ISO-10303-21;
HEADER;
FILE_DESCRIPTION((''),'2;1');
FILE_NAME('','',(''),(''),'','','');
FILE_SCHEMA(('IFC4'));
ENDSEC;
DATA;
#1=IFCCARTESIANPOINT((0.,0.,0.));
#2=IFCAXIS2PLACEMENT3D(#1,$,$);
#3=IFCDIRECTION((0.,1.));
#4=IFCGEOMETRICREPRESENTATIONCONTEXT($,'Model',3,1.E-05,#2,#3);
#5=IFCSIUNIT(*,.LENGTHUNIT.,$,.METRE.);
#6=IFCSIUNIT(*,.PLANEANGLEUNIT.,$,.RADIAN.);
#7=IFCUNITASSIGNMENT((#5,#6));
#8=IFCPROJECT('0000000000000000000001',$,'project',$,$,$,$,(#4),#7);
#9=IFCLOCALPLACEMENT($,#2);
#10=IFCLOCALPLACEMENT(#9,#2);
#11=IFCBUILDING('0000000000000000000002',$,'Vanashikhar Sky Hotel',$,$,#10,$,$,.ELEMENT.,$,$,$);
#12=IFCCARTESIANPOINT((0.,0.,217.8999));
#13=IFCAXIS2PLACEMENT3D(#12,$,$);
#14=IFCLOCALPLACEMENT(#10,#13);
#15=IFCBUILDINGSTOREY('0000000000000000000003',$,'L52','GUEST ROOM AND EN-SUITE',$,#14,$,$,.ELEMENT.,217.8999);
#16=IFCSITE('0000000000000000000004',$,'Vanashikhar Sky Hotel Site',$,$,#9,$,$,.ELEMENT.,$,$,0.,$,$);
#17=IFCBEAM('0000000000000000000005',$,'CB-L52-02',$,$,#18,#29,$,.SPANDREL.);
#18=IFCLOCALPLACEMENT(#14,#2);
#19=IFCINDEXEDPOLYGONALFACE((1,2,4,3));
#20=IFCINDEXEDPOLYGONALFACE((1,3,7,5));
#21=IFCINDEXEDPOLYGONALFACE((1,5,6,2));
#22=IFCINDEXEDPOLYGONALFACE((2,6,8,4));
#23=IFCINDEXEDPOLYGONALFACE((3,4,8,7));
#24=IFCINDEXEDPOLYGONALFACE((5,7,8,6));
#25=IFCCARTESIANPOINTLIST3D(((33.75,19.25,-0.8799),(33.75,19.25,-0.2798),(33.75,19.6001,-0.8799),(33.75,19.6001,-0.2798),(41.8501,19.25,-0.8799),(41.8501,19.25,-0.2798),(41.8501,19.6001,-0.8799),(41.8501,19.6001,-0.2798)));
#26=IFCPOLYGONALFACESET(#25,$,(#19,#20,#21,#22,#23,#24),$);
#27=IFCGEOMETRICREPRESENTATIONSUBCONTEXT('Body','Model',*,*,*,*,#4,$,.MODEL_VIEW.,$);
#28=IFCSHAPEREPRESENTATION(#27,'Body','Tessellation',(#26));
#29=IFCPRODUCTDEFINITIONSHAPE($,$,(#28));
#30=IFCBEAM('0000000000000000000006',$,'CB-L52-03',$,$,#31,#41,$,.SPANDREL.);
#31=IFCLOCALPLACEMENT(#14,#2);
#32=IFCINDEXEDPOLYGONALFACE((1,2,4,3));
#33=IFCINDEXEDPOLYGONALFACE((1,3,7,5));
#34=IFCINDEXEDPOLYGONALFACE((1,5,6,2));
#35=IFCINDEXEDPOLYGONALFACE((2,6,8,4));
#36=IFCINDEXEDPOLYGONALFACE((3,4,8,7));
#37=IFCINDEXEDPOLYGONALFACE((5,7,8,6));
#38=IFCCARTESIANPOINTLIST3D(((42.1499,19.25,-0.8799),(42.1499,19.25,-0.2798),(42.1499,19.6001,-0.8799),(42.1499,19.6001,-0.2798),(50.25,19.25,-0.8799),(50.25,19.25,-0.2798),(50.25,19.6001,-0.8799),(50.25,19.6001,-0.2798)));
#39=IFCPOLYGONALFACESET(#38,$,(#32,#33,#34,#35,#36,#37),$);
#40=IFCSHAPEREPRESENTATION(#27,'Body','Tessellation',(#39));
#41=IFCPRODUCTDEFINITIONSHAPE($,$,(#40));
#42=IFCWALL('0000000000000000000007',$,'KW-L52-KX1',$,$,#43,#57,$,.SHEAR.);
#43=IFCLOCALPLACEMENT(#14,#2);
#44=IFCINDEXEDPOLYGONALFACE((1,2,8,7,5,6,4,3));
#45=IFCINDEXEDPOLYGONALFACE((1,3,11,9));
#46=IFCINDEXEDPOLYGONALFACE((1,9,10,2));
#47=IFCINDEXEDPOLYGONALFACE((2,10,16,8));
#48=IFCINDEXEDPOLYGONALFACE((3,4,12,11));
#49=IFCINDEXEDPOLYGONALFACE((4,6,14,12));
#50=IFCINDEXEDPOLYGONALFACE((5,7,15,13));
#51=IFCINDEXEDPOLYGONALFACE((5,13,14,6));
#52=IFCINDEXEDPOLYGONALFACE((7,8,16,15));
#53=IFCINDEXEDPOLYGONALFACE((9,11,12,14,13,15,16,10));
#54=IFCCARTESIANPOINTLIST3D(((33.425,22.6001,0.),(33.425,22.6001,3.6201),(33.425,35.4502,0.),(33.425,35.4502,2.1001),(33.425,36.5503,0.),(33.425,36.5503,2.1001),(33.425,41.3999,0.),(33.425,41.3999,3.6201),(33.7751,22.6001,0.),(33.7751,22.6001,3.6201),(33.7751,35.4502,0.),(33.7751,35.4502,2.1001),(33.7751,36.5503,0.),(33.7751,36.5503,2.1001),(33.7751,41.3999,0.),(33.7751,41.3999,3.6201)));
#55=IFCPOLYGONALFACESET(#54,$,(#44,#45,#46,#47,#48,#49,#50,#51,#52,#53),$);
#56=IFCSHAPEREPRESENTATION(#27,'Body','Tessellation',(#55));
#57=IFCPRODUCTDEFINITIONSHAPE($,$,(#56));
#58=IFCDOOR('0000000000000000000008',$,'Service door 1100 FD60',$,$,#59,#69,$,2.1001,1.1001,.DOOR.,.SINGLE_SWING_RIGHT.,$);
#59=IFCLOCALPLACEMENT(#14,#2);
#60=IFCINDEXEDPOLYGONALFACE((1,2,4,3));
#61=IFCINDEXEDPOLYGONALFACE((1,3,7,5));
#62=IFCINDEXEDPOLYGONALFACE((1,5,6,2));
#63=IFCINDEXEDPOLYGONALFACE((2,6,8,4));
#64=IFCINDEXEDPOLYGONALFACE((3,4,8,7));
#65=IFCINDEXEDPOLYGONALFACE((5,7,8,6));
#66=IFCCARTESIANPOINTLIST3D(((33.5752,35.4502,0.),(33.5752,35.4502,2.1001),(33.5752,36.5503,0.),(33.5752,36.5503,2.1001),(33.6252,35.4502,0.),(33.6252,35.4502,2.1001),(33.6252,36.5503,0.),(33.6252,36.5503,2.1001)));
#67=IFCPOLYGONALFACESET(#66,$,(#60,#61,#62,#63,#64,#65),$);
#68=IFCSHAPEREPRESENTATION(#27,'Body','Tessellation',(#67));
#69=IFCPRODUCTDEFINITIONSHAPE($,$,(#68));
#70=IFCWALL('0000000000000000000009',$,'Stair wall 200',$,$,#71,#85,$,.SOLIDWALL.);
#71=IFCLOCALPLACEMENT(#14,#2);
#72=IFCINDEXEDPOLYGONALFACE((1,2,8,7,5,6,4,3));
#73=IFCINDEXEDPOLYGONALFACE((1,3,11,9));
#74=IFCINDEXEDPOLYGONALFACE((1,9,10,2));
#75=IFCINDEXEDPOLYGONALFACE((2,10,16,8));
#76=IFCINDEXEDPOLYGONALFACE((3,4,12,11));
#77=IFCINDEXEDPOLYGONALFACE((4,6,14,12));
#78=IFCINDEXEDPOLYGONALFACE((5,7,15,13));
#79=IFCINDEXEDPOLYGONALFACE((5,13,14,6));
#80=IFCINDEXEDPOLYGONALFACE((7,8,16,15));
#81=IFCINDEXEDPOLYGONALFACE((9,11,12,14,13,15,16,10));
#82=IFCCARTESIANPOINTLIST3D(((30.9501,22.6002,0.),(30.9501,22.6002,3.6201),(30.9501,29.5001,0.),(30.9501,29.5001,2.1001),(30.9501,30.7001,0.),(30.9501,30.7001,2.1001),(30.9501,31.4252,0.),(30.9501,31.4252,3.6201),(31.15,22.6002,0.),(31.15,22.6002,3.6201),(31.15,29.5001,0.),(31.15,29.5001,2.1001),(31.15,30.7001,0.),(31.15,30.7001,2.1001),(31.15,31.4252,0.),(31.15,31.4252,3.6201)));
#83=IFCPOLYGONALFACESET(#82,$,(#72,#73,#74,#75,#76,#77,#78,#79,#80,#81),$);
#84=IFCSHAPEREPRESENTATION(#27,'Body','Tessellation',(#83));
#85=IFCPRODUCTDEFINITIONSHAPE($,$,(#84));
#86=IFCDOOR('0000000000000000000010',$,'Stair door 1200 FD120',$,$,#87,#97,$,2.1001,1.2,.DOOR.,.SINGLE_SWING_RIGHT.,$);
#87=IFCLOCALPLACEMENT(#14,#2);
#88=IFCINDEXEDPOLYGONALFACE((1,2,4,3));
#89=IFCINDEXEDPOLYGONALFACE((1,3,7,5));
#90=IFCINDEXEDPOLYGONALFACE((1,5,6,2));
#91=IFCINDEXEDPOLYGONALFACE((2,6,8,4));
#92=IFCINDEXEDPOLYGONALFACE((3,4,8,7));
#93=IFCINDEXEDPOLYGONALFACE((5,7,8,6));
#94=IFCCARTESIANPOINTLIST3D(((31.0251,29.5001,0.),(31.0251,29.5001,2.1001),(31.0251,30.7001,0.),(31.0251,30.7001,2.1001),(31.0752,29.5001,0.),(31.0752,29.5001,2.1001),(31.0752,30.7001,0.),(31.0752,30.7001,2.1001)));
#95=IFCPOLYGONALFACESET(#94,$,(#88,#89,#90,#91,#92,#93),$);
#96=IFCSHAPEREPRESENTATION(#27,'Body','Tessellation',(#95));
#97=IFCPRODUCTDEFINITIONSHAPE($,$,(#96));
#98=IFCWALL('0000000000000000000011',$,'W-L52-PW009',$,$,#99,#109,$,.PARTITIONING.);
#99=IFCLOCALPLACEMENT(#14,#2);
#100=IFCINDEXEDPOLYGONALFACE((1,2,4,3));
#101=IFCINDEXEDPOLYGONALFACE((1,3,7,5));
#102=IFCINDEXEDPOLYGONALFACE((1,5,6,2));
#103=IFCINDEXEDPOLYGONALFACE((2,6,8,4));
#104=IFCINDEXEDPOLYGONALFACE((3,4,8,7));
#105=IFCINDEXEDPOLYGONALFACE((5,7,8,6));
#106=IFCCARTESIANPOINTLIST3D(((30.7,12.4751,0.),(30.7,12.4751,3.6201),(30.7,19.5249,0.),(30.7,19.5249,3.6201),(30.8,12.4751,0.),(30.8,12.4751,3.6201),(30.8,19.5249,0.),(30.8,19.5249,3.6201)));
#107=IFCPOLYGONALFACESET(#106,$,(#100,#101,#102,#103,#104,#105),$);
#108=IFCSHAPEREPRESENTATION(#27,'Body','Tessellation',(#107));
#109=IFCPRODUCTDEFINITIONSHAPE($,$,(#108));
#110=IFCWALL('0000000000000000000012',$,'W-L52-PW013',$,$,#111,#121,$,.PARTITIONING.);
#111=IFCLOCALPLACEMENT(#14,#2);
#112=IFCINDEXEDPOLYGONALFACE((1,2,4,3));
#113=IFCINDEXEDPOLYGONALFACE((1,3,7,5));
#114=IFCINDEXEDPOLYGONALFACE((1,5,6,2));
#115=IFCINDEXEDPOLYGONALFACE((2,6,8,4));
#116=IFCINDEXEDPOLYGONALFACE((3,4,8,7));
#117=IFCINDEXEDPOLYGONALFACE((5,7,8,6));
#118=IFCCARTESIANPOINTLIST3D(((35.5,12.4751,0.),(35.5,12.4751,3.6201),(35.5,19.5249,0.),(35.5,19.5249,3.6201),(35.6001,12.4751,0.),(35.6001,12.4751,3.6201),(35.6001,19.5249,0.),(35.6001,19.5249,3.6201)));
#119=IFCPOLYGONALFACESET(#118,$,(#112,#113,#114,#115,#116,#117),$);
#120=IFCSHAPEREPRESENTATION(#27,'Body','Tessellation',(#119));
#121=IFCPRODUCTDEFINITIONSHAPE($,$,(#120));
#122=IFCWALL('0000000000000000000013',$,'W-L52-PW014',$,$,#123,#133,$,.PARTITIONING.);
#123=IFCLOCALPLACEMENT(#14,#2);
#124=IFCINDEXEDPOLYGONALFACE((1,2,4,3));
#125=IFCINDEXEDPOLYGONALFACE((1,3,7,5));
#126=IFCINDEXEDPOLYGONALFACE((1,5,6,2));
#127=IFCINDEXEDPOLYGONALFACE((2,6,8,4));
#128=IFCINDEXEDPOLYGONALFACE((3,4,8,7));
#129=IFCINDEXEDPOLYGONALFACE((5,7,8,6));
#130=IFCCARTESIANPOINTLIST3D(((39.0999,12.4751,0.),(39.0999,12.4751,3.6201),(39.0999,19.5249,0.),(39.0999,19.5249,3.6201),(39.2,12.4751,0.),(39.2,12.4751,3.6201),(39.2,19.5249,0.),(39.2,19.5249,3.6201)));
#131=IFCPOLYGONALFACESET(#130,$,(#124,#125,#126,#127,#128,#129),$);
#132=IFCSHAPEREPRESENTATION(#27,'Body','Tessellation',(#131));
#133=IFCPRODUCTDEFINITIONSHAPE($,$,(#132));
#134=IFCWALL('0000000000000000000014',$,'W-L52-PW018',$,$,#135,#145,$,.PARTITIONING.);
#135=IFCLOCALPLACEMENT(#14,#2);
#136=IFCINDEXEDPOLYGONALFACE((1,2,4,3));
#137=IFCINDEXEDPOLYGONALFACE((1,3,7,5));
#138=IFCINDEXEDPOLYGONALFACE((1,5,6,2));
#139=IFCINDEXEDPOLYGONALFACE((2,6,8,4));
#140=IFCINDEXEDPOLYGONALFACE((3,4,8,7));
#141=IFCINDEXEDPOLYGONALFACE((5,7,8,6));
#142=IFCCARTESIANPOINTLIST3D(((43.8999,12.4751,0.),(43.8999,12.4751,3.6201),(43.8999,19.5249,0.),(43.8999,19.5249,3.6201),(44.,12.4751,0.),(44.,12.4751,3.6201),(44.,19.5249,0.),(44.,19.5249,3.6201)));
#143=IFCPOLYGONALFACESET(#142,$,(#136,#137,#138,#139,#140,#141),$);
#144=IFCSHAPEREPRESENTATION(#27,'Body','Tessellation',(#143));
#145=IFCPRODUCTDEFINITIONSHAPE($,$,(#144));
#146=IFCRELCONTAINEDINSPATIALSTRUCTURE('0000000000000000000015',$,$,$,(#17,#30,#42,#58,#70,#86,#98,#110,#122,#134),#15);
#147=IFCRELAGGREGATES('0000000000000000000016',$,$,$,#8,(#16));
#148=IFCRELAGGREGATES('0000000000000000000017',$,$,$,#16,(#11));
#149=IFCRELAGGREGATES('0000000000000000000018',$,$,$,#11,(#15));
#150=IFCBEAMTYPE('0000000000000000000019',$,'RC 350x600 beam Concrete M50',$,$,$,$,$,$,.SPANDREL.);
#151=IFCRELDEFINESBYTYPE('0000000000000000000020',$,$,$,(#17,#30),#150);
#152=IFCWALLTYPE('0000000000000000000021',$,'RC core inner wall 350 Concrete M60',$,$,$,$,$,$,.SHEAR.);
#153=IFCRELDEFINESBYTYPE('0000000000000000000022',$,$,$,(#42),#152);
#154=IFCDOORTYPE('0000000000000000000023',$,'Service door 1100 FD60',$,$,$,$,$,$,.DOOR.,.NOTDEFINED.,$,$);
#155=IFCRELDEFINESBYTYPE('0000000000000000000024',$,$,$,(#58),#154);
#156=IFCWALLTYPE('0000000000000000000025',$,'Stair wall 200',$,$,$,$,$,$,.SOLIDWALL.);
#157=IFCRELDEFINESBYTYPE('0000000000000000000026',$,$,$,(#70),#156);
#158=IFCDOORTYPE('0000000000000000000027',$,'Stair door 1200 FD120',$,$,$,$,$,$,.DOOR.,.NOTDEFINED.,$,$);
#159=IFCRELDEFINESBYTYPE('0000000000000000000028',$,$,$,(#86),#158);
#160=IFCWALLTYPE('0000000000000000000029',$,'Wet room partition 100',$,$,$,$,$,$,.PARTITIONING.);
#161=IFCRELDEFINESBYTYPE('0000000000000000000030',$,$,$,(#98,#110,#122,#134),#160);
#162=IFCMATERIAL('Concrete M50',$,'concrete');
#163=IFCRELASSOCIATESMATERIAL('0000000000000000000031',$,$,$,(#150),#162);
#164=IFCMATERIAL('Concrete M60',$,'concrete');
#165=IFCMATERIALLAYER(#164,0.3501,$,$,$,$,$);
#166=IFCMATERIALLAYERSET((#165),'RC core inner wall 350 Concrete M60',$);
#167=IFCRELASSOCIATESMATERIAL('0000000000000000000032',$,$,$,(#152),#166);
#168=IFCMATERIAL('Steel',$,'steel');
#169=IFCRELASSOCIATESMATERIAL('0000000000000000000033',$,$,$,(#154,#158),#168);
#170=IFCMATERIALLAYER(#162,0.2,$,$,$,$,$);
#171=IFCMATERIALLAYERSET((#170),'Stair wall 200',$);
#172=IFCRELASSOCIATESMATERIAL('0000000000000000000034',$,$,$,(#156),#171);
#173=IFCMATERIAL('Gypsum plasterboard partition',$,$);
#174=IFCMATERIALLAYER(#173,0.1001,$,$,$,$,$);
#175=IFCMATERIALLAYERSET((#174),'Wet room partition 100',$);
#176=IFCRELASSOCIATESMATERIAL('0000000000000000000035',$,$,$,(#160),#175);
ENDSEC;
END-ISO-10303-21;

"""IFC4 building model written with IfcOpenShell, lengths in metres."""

from ifc_helpers import new_model, si_unit, direction, frame, frame_2d, origin, origin_2d, place, context, subcontext, project, spatial, rectangle, extrude, source, transform, mapped, material, layer, layer_set, material_profile, profile_set, type_object, element, fill, save


model = new_model("IFC4")

# Units and contexts
model_context = context("Model", 3, precision=1e-05, world=origin(), true_north=direction((0.0, 1.0)))
body_context = subcontext(model_context, "Body", "Model", "MODEL_VIEW")
ifc_project = project(units=[si_unit("LENGTHUNIT", "METRE"), si_unit("PLANEANGLEUNIT", "RADIAN")], contexts=[model_context])

# Site, building, storey
site_placement = place(None, origin())
site = spatial("IfcSite", under=ifc_project, at=site_placement, Name="Vanashikhar Sky Hotel Site", CompositionType="ELEMENT", RefElevation=0.0)
building_placement = place(site_placement, origin())
building = spatial("IfcBuilding", under=site, at=building_placement, Name="Vanashikhar Sky Hotel", CompositionType="ELEMENT")
storey_placement = place(building_placement, frame((0.0, 0.0, 217.8999)))
storey = spatial("IfcBuildingStorey", under=building, at=storey_placement, Name="L52", Description="GUEST ROOM AND EN-SUITE", CompositionType="ELEMENT", Elevation=217.8999)

# Beams
ifc_material_1 = material(Name="Concrete M50", Category="concrete")
ifc_material_profile = material_profile(ifc_material_1, rectangle(XDim=0.3501, YDim=0.6001, at=origin_2d()))
ifc_profile_set = profile_set([ifc_material_profile], Name="RC 350x600 beam Concrete M50")
beam_type = type_object("IfcBeamType", Name="RC 350x600 beam Concrete M50", PredefinedType="SPANDREL", material=ifc_profile_set)
shared_shape_1 = source(origin(), body_context, "Body", "SweptSolid", [
    extrude(rectangle(XDim=0.3501, YDim=0.6001, at=origin_2d()), origin(), (0.0, 0.0, 1.0), 8.1001),
])
for number, where, z_axis, x_axis, name in (
    (1, (33.75, 19.425, -0.5798), (1.0, 0.0, 0.0), (0.0, 1.0, 0.0), "CB-L52-02"),
    (2, (42.1499, 19.425, -0.5798), (1.0, 0.0, 0.0), (0.0, 1.0, 0.0), "CB-L52-03"),
):
    element("IfcBeam", number, at=place(storey_placement, frame(where, z_axis=z_axis, x_axis=x_axis)), inside=storey, type_object=beam_type, Name=name, PredefinedType="SPANDREL", context=body_context, shape_type="MappedRepresentation", body=[
        mapped(shared_shape_1, transform((0.0, 0.0, 0.0), scale=1.0)),
    ])

# Walls, openings, doors
ifc_material_2 = material(Name="Concrete M60", Category="concrete")
ifc_layer_1 = layer(ifc_material_2, 0.3501)
ifc_layer_set_1 = layer_set([ifc_layer_1], Name="RC core inner wall 350 Concrete M60")
wall_type_1 = type_object("IfcWallType", Name="RC core inner wall 350 Concrete M60", PredefinedType="SHEAR", material=ifc_layer_set_1)
shared_shape_2 = source(origin(), body_context, "Body", "SweptSolid", [
    extrude(rectangle(XDim=18.7998, YDim=0.3501, at=frame_2d((9.3999, 0.0))), origin(), (0.0, 0.0, 1.0), 3.6201),
])
wall_1_placement = place(storey_placement, frame((33.6001, 22.6001, 0.0), z_axis=(0.0, 0.0, 1.0), x_axis=(0.0, 1.0, 0.0)))
wall_1 = element("IfcWall", 3, at=wall_1_placement, inside=storey, type_object=wall_type_1, Name="KW-L52-KX1", PredefinedType="SHEAR", context=body_context, shape_type="MappedRepresentation", body=[
    mapped(shared_shape_2, transform((0.0, 0.0, 0.0), scale=1.0)),
])
shared_shape_3 = source(origin(), body_context, "Body", "SweptSolid", [
    extrude(rectangle(XDim=1.1001, YDim=2.1001, at=frame_2d((0.55, 1.05))), frame((0.0, 0.1851, 0.0), z_axis=(0.0, -1.0, 0.0), x_axis=(1.0, 0.0, 0.0)), (0.0, 0.0, 1.0), 0.3701),
])
opening_1_placement = place(wall_1_placement, frame((12.8501, 0.0, 0.0)))
opening_1 = element("IfcOpeningElement", 4, at=opening_1_placement, cuts=wall_1, PredefinedType="OPENING", context=body_context, shape_type="MappedRepresentation", body=[
    mapped(shared_shape_3, transform((0.0, 0.0, 0.0), scale=1.0)),
])
ifc_material_3 = material(Name="Steel", Category="steel")
door_type_1 = type_object("IfcDoorType", Name="Service door 1100 FD60", OperationType="NOTDEFINED", PredefinedType="DOOR", material=ifc_material_3)
shared_shape_4 = source(origin(), body_context, "Body", "SweptSolid", [
    extrude(rectangle(XDim=1.1001, YDim=2.1001, at=frame_2d((0.55, 1.05))), frame((0.0, 0.0249, 0.0), z_axis=(0.0, -1.0, 0.0), x_axis=(1.0, 0.0, 0.0)), (0.0, 0.0, 1.0), 0.05),
])
door_1_placement = place(opening_1_placement, origin())
door_1 = element("IfcDoor", 5, at=door_1_placement, inside=storey, type_object=door_type_1, Name="Service door 1100 FD60", OperationType="SINGLE_SWING_RIGHT", OverallHeight=2.1001, OverallWidth=1.1001, PredefinedType="DOOR", context=body_context, shape_type="MappedRepresentation", body=[
    mapped(shared_shape_4, transform((0.0, 0.0, 0.0), scale=1.0)),
])
fill(opening_1, door_1)
ifc_layer_2 = layer(ifc_material_1, 0.2)
ifc_layer_set_2 = layer_set([ifc_layer_2], Name="Stair wall 200")
wall_type_2 = type_object("IfcWallType", Name="Stair wall 200", PredefinedType="SOLIDWALL", material=ifc_layer_set_2)
shared_shape_5 = source(origin(), body_context, "Body", "SweptSolid", [
    extrude(rectangle(XDim=8.825, YDim=0.2, at=frame_2d((4.4126, 0.0))), origin(), (0.0, 0.0, 1.0), 3.6201),
])
wall_2_placement = place(storey_placement, frame((31.05, 22.6001, 0.0), z_axis=(0.0, 0.0, 1.0), x_axis=(0.0, 1.0, 0.0)))
wall_2 = element("IfcWall", 6, at=wall_2_placement, inside=storey, type_object=wall_type_2, Name="Stair wall 200", PredefinedType="SOLIDWALL", context=body_context, shape_type="MappedRepresentation", body=[
    mapped(shared_shape_5, transform((0.0, 0.0, 0.0), scale=1.0)),
])
shared_shape_6 = source(origin(), body_context, "Body", "SweptSolid", [
    extrude(rectangle(XDim=1.2, YDim=2.1001, at=frame_2d((0.6001, 1.05))), frame((0.0, 0.1099, 0.0), z_axis=(0.0, -1.0, 0.0), x_axis=(1.0, 0.0, 0.0)), (0.0, 0.0, 1.0), 0.22),
])
opening_2_placement = place(wall_2_placement, frame((6.8999, 0.0, 0.0)))
opening_2 = element("IfcOpeningElement", 7, at=opening_2_placement, cuts=wall_2, PredefinedType="OPENING", context=body_context, shape_type="MappedRepresentation", body=[
    mapped(shared_shape_6, transform((0.0, 0.0, 0.0), scale=1.0)),
])
door_type_2 = type_object("IfcDoorType", Name="Stair door 1200 FD120", OperationType="NOTDEFINED", PredefinedType="DOOR", material=ifc_material_3)
shared_shape_7 = source(origin(), body_context, "Body", "SweptSolid", [
    extrude(rectangle(XDim=1.2, YDim=2.1001, at=frame_2d((0.6001, 1.05))), frame((0.0, 0.0249, 0.0), z_axis=(0.0, -1.0, 0.0), x_axis=(1.0, 0.0, 0.0)), (0.0, 0.0, 1.0), 0.05),
])
door_2_placement = place(opening_2_placement, origin())
door_2 = element("IfcDoor", 8, at=door_2_placement, inside=storey, type_object=door_type_2, Name="Stair door 1200 FD120", OperationType="SINGLE_SWING_RIGHT", OverallHeight=2.1001, OverallWidth=1.2, PredefinedType="DOOR", context=body_context, shape_type="MappedRepresentation", body=[
    mapped(shared_shape_7, transform((0.0, 0.0, 0.0), scale=1.0)),
])
fill(opening_2, door_2)

# Walls
ifc_material_4 = material(Name="Gypsum plasterboard partition")
ifc_layer_3 = layer(ifc_material_4, 0.1001)
ifc_layer_set_3 = layer_set([ifc_layer_3], Name="Wet room partition 100")
wall_type_3 = type_object("IfcWallType", Name="Wet room partition 100", PredefinedType="PARTITIONING", material=ifc_layer_set_3)
shared_shape_8 = source(origin(), body_context, "Body", "SweptSolid", [
    extrude(rectangle(XDim=7.0498, YDim=0.1001, at=frame_2d((3.5249, 0.0))), origin(), (0.0, 0.0, 1.0), 3.6201),
])
for number, where, z_axis, x_axis, name in (
    (9, (30.75, 12.4751, 0.0), (0.0, 0.0, 1.0), (0.0, 1.0, 0.0), "W-L52-PW009"),
    (10, (35.55, 12.4751, 0.0), (0.0, 0.0, 1.0), (0.0, 1.0, 0.0), "W-L52-PW013"),
    (11, (39.1499, 12.4751, 0.0), (0.0, 0.0, 1.0), (0.0, 1.0, 0.0), "W-L52-PW014"),
    (12, (43.95, 12.4751, 0.0), (0.0, 0.0, 1.0), (0.0, 1.0, 0.0), "W-L52-PW018"),
):
    element("IfcWall", number, at=place(storey_placement, frame(where, z_axis=z_axis, x_axis=x_axis)), inside=storey, type_object=wall_type_3, Name=name, PredefinedType="PARTITIONING", context=body_context, shape_type="MappedRepresentation", body=[
        mapped(shared_shape_8, transform((0.0, 0.0, 0.0), scale=1.0)),
    ])

save(model, "model.ifc")
